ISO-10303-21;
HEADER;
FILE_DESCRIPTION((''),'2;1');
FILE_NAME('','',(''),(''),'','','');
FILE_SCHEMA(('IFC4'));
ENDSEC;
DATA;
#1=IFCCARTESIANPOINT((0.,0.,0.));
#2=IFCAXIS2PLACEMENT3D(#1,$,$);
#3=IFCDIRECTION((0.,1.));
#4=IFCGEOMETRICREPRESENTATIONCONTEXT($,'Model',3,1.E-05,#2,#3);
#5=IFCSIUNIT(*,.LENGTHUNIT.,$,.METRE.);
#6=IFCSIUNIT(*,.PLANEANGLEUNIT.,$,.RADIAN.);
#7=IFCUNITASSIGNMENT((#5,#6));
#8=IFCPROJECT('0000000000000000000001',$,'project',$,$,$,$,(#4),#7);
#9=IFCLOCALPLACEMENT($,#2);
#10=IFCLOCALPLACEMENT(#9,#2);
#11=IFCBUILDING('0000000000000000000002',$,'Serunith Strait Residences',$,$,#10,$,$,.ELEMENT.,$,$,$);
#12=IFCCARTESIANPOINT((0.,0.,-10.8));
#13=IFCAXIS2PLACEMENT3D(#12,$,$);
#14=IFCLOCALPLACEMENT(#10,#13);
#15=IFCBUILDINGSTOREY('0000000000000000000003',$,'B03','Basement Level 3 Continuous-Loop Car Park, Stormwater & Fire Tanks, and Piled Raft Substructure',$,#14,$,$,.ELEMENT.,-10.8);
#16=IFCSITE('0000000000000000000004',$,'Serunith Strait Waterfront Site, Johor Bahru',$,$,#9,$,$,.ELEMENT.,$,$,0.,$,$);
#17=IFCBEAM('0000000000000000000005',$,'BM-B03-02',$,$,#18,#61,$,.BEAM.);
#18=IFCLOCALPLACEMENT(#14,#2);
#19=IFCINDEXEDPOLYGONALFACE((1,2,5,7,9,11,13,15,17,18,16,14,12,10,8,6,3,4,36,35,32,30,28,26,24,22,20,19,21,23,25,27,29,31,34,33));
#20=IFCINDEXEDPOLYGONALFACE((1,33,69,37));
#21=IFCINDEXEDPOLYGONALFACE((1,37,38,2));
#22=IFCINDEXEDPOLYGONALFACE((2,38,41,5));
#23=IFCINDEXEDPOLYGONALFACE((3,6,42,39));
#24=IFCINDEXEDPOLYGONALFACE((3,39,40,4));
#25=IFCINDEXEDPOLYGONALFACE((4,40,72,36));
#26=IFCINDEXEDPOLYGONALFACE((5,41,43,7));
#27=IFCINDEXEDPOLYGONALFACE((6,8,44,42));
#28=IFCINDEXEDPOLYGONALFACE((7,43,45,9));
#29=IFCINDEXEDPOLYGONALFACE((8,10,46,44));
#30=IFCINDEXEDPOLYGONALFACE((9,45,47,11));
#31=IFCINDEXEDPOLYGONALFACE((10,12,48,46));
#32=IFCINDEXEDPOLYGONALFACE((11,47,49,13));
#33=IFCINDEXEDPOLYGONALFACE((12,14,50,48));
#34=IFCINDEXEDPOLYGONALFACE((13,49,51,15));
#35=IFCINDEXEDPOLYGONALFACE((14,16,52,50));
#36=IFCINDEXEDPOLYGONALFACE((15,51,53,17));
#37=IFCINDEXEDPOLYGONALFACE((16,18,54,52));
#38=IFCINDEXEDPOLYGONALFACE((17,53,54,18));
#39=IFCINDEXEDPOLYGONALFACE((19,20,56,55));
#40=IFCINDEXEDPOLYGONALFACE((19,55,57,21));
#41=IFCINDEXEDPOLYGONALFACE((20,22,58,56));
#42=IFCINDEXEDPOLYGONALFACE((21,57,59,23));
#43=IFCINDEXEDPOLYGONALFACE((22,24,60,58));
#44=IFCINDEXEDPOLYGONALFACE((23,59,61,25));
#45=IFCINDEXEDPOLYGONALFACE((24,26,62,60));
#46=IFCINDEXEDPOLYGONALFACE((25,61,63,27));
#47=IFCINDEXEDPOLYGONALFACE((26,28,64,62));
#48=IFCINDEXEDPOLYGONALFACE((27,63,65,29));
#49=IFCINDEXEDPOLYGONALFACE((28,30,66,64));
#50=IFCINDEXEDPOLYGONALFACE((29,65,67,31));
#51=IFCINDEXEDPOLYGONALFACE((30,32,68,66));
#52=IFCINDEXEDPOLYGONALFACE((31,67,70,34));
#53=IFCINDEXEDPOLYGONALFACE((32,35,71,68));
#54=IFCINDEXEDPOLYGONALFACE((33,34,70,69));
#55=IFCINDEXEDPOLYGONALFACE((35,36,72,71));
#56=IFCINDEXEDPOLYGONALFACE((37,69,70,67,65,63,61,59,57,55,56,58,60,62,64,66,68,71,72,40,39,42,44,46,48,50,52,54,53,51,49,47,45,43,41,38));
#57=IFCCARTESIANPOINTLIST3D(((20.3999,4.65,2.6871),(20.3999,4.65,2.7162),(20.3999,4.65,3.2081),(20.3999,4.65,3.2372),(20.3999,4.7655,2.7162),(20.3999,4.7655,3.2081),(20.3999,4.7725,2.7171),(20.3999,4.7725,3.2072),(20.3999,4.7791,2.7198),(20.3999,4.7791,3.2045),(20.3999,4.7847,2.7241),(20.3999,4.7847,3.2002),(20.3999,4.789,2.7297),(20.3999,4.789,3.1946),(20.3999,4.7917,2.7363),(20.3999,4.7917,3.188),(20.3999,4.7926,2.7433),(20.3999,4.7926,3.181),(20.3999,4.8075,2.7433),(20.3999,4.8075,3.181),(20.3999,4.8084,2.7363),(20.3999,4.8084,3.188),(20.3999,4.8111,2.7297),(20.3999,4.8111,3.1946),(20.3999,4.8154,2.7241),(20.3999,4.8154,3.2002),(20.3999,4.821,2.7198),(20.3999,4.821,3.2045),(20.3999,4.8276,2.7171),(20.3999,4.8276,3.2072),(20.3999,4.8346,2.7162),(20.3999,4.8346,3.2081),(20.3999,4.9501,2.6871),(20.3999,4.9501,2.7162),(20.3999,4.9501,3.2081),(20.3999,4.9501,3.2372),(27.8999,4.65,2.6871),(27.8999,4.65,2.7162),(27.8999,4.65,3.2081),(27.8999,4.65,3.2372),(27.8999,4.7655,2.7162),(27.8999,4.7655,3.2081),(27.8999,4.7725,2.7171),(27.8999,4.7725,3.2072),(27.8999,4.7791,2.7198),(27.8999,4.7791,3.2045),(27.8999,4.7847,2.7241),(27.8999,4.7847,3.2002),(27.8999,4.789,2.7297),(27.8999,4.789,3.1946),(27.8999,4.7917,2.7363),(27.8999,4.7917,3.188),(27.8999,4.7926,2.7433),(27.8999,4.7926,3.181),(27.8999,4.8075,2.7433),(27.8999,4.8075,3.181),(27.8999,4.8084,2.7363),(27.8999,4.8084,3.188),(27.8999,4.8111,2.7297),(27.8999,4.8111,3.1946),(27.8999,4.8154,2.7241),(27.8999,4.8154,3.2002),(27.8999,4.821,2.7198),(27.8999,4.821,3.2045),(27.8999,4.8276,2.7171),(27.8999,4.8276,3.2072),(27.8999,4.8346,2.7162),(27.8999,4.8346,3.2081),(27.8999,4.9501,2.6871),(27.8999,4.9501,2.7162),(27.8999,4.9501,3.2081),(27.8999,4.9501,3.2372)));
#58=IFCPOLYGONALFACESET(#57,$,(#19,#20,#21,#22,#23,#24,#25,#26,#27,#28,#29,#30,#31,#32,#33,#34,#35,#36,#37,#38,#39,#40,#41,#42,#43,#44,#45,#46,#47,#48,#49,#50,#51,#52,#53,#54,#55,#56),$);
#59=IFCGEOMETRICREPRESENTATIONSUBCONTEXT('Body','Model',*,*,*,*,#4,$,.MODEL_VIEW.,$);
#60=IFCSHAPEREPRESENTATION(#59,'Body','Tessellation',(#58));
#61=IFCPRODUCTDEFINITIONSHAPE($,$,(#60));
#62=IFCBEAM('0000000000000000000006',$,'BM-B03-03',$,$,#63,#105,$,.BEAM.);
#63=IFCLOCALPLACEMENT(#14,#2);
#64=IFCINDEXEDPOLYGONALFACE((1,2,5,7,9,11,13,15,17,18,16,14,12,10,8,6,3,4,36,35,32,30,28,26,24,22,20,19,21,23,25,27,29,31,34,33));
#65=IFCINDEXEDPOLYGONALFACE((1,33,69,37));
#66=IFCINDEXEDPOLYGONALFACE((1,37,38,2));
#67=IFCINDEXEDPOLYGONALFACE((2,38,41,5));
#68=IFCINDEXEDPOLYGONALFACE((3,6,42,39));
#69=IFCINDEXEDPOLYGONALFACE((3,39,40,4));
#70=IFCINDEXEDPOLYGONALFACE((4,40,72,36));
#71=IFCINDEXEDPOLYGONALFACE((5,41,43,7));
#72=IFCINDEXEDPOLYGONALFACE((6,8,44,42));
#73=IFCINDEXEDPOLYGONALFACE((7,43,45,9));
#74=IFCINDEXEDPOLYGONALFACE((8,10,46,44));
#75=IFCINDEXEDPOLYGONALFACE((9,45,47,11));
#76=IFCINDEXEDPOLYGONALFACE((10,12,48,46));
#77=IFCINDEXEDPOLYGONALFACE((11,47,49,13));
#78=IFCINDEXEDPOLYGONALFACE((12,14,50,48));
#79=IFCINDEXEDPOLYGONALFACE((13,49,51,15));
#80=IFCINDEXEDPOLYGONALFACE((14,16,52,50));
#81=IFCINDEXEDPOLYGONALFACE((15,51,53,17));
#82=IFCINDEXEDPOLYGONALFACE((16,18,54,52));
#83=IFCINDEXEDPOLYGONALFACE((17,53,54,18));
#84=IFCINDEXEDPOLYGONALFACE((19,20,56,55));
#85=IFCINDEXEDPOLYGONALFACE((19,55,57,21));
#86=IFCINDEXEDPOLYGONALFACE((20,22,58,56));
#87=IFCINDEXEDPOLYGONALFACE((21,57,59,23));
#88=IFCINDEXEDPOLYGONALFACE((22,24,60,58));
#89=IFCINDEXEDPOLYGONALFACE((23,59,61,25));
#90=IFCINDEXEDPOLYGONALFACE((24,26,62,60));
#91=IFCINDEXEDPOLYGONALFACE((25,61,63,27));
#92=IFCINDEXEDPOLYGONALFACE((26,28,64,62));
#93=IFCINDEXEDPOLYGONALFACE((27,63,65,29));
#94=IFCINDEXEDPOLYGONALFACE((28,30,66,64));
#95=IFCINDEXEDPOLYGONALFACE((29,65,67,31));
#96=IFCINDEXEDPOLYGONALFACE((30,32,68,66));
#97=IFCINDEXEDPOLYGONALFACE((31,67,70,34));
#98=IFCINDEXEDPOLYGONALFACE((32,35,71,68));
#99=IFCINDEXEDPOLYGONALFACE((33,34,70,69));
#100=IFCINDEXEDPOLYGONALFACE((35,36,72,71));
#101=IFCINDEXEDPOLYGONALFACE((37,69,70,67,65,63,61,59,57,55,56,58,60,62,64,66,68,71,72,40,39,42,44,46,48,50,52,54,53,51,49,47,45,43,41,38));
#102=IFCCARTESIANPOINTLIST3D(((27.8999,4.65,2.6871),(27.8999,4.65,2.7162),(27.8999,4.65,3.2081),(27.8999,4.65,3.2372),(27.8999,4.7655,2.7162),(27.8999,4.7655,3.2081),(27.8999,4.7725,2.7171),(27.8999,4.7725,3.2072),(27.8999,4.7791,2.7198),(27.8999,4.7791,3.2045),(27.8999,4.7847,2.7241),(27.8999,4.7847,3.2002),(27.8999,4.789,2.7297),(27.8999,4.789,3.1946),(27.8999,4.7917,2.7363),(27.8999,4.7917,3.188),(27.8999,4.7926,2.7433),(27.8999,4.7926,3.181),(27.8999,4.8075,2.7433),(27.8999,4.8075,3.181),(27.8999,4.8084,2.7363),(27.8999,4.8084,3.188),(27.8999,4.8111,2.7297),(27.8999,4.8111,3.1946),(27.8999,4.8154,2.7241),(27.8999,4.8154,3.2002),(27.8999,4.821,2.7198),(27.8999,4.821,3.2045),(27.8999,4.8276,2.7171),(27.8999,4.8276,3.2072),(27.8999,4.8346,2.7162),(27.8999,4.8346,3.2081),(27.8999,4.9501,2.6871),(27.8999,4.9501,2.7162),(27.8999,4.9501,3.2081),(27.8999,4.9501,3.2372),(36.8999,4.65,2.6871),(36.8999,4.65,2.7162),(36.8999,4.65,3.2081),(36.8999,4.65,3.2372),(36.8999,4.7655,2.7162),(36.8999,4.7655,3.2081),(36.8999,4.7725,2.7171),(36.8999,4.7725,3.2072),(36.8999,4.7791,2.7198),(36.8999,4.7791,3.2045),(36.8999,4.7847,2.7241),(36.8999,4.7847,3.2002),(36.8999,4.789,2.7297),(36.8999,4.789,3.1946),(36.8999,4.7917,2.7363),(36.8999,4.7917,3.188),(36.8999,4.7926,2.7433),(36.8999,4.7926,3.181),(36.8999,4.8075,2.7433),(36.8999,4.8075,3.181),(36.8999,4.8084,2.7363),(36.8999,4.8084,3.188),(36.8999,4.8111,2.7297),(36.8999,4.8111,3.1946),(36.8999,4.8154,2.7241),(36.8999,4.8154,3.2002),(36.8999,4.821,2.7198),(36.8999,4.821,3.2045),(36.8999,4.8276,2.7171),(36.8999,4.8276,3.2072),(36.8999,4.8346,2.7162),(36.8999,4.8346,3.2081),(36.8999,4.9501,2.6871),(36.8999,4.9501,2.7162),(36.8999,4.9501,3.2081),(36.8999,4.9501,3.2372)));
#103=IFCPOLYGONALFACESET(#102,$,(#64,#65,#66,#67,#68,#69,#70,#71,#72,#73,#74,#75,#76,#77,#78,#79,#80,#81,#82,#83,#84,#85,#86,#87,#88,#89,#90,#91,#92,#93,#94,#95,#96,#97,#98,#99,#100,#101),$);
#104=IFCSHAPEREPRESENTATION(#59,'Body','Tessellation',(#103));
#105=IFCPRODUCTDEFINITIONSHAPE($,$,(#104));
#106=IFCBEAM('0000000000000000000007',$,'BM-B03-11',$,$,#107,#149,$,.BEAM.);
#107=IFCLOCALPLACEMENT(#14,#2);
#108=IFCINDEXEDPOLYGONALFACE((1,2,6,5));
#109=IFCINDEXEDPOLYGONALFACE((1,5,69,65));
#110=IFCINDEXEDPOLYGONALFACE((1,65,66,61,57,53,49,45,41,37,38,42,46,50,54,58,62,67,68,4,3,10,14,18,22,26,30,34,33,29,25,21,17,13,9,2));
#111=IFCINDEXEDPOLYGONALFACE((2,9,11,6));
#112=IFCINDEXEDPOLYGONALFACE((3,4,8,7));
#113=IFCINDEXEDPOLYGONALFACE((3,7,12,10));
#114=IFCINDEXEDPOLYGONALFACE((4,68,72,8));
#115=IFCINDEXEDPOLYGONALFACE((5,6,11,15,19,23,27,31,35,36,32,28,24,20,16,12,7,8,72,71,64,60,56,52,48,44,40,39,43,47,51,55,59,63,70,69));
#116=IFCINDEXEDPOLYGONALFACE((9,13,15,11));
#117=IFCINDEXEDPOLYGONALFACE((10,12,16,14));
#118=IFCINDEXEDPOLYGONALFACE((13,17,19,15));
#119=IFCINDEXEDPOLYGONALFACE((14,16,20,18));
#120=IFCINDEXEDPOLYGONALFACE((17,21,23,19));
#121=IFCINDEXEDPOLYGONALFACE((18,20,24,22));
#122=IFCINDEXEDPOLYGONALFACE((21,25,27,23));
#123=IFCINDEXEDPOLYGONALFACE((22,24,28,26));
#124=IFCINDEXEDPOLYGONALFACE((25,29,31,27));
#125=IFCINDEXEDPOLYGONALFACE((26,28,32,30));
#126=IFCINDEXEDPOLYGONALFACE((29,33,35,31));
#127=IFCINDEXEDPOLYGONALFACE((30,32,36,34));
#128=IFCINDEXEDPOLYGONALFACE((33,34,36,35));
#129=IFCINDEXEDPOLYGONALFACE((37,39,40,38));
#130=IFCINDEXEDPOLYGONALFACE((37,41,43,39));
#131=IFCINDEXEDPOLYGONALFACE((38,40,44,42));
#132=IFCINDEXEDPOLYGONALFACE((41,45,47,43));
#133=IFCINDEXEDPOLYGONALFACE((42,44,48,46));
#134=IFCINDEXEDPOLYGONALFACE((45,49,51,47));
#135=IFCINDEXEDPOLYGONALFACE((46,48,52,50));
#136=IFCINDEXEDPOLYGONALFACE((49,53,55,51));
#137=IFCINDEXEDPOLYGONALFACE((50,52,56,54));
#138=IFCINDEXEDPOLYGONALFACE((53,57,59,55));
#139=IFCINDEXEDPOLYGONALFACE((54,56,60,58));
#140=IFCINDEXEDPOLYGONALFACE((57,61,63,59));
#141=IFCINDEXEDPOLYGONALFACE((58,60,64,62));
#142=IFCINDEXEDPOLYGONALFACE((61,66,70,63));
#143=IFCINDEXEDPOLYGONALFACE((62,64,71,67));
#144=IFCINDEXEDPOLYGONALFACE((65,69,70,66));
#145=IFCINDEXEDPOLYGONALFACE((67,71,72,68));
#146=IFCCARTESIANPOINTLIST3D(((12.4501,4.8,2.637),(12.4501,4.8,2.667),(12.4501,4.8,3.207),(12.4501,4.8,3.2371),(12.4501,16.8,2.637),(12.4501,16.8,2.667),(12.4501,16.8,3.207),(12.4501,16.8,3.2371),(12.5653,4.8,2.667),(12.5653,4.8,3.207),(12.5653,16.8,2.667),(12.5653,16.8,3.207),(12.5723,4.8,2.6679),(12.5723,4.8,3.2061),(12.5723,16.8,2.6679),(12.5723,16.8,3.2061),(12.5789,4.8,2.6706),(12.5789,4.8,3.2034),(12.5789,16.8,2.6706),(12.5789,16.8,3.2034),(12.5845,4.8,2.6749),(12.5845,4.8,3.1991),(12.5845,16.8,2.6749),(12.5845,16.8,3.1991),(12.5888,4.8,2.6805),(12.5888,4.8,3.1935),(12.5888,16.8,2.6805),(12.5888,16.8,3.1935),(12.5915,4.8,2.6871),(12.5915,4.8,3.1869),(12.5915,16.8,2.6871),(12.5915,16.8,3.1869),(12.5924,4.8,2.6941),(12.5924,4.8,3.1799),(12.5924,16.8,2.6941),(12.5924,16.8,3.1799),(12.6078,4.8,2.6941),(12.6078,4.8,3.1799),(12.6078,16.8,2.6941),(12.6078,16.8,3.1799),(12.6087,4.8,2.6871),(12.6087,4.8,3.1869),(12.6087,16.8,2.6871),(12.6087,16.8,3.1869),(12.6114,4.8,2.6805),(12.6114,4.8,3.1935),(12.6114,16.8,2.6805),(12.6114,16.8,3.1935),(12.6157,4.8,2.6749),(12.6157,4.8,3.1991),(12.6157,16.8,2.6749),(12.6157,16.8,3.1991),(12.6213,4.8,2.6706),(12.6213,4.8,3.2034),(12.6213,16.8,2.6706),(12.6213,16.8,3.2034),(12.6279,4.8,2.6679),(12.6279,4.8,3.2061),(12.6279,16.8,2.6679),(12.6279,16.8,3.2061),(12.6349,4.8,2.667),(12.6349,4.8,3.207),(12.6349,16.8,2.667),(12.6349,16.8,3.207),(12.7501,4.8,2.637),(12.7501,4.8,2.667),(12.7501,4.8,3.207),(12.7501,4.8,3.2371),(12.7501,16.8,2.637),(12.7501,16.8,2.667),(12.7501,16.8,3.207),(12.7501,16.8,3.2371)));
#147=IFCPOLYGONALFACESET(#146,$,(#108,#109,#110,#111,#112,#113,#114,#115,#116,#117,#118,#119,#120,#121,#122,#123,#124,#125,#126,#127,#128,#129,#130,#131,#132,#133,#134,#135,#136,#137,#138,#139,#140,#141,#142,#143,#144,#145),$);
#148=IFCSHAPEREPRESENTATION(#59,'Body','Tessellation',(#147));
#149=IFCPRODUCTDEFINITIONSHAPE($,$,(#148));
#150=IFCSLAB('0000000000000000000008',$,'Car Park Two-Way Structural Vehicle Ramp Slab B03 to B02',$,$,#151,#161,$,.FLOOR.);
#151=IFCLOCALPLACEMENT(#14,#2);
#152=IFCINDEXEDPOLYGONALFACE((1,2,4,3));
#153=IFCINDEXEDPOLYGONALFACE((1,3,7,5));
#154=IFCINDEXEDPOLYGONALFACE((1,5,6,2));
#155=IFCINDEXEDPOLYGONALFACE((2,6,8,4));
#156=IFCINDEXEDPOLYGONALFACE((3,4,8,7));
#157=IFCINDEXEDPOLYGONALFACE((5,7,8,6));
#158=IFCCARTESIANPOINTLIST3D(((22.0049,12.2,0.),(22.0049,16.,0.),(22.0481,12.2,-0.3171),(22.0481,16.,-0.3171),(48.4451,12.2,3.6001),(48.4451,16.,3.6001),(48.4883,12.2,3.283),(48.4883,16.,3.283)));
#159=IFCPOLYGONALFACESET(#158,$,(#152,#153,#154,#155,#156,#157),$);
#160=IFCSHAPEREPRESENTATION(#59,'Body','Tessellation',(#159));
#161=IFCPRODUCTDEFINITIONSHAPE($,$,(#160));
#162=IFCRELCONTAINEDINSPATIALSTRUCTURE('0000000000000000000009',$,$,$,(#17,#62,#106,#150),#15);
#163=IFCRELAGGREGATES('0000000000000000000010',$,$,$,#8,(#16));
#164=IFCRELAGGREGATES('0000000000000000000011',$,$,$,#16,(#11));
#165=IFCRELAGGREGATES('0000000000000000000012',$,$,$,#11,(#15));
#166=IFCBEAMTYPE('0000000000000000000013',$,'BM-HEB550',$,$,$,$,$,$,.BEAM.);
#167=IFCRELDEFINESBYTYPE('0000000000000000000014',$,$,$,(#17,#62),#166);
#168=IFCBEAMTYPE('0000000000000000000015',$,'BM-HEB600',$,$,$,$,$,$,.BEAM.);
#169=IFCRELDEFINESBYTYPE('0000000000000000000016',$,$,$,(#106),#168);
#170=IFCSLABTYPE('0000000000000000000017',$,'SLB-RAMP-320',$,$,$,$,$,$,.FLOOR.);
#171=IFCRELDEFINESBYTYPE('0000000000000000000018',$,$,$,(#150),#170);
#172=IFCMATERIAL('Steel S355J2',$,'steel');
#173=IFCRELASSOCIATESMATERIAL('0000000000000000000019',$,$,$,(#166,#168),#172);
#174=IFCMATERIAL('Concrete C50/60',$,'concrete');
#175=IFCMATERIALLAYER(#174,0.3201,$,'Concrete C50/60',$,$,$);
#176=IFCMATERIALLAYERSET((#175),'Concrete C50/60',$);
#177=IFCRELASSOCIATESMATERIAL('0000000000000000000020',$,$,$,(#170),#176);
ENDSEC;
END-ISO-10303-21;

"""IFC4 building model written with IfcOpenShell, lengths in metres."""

from ifc_helpers import new_model, si_unit, direction, frame, origin, origin_2d, place, context, subcontext, project, spatial, polyline, i_section, outline, extrude, source, transform, mapped, material, layer, layer_set, material_profile, profile_set, type_object, element, save


model = new_model("IFC4")

# Units and contexts
model_context = context("Model", 3, precision=1e-05, world=origin(), true_north=direction((0.0, 1.0)))
body_context = subcontext(model_context, "Body", "Model", "MODEL_VIEW")
ifc_project = project(units=[si_unit("LENGTHUNIT", "METRE"), si_unit("PLANEANGLEUNIT", "RADIAN")], contexts=[model_context])

# Site, building, storey
site_placement = place(None, origin())
site = spatial("IfcSite", under=ifc_project, at=site_placement, Name="Serunith Strait Waterfront Site, Johor Bahru", CompositionType="ELEMENT", RefElevation=0.0)
building_placement = place(site_placement, origin())
building = spatial("IfcBuilding", under=site, at=building_placement, Name="Serunith Strait Residences", CompositionType="ELEMENT")
storey_placement = place(building_placement, frame((0.0, 0.0, -10.8)))
storey = spatial("IfcBuildingStorey", under=building, at=storey_placement, Name="B03", Description="Basement Level 3 Continuous-Loop Car Park, Stormwater & Fire Tanks, and Piled Raft Substructure", CompositionType="ELEMENT", Elevation=-10.8)

# Shared definitions
ifc_material_1 = material(Name="Concrete C50/60", Category="concrete")

# Beams
ifc_material_2 = material(Name="Steel S355J2", Category="steel")
ifc_material_profile_1 = material_profile(ifc_material_2, i_section(OverallWidth=0.3, OverallDepth=0.55, WebThickness=0.0149, FlangeThickness=0.0291, FilletRadius=0.0271, at=origin_2d()), Name="HEB 550")
ifc_profile_set_1 = profile_set([ifc_material_profile_1], Name="Steel S355J2")
beam_type_1 = type_object("IfcBeamType", Name="BM-HEB550", PredefinedType="BEAM", material=ifc_profile_set_1)
shared_shape_1 = source(origin(), body_context, "Body", "SweptSolid", [
    extrude(i_section(OverallWidth=0.3, OverallDepth=0.55, WebThickness=0.0149, FlangeThickness=0.0291, FilletRadius=0.0271, at=origin_2d()), origin(), (0.0, 0.0, 1.0), 7.5),
])
beam_1_placement = place(storey_placement, frame((20.3999, 4.8, 2.9622), z_axis=(1.0, 0.0, 0.0), x_axis=(0.0, 1.0, 0.0)))
element("IfcBeam", 1, at=beam_1_placement, inside=storey, type_object=beam_type_1, Name="BM-B03-02", PredefinedType="BEAM", context=body_context, shape_type="MappedRepresentation", body=[
    mapped(shared_shape_1, transform((0.0, 0.0, 0.0), scale=1.0)),
])
shared_shape_2 = source(origin(), body_context, "Body", "SweptSolid", [
    extrude(i_section(OverallWidth=0.3, OverallDepth=0.55, WebThickness=0.0149, FlangeThickness=0.0291, FilletRadius=0.0271, at=origin_2d()), origin(), (0.0, 0.0, 1.0), 9.0),
])
beam_2_placement = place(storey_placement, frame((27.8999, 4.8, 2.9622), z_axis=(1.0, 0.0, 0.0), x_axis=(0.0, 1.0, 0.0)))
element("IfcBeam", 2, at=beam_2_placement, inside=storey, type_object=beam_type_1, Name="BM-B03-03", PredefinedType="BEAM", context=body_context, shape_type="MappedRepresentation", body=[
    mapped(shared_shape_2, transform((0.0, 0.0, 0.0), scale=1.0)),
])
ifc_material_profile_2 = material_profile(ifc_material_2, i_section(OverallWidth=0.3, OverallDepth=0.6001, WebThickness=0.0154, FlangeThickness=0.03, FilletRadius=0.0271, at=origin_2d()), Name="HEB 600")
ifc_profile_set_2 = profile_set([ifc_material_profile_2], Name="Steel S355J2")
beam_type_2 = type_object("IfcBeamType", Name="BM-HEB600", PredefinedType="BEAM", material=ifc_profile_set_2)
shared_shape_3 = source(origin(), body_context, "Body", "SweptSolid", [
    extrude(i_section(OverallWidth=0.3, OverallDepth=0.6001, WebThickness=0.0154, FlangeThickness=0.03, FilletRadius=0.0271, at=origin_2d()), origin(), (0.0, 0.0, 1.0), 12.0),
])
beam_3_placement = place(storey_placement, frame((12.6001, 4.8, 2.937), z_axis=(0.0, 1.0, 0.0), x_axis=(-1.0, 0.0, 0.0)))
element("IfcBeam", 3, at=beam_3_placement, inside=storey, type_object=beam_type_2, Name="BM-B03-11", PredefinedType="BEAM", context=body_context, shape_type="MappedRepresentation", body=[
    mapped(shared_shape_3, transform((0.0, 0.0, 0.0), scale=1.0)),
])

# Slab
ifc_layer = layer(ifc_material_1, 0.3201, Name="Concrete C50/60")
ifc_layer_set = layer_set([ifc_layer], Name="Concrete C50/60")
slab_type = type_object("IfcSlabType", Name="SLB-RAMP-320", PredefinedType="FLOOR", material=ifc_layer_set)
slab_placement = place(storey_placement, frame((22.0049, 12.2, 0.0), z_axis=(-0.134915, 0.0, 0.990857), x_axis=(0.990857, 0.0, 0.134915)))
element("IfcSlab", 4, at=slab_placement, inside=storey, type_object=slab_type, Name="Car Park Two-Way Structural Vehicle Ramp Slab B03 to B02", PredefinedType="FLOOR", context=body_context, shape_type="SweptSolid", body=[
    extrude(outline(polyline([(0.0, 0.0), (26.6842, 0.0), (26.6842, 3.8), (0.0, 3.8), (0.0, 0.0)])), origin(), (0.0, 0.0, -1.0), 0.3201),
])

save(model, "model.ifc")
